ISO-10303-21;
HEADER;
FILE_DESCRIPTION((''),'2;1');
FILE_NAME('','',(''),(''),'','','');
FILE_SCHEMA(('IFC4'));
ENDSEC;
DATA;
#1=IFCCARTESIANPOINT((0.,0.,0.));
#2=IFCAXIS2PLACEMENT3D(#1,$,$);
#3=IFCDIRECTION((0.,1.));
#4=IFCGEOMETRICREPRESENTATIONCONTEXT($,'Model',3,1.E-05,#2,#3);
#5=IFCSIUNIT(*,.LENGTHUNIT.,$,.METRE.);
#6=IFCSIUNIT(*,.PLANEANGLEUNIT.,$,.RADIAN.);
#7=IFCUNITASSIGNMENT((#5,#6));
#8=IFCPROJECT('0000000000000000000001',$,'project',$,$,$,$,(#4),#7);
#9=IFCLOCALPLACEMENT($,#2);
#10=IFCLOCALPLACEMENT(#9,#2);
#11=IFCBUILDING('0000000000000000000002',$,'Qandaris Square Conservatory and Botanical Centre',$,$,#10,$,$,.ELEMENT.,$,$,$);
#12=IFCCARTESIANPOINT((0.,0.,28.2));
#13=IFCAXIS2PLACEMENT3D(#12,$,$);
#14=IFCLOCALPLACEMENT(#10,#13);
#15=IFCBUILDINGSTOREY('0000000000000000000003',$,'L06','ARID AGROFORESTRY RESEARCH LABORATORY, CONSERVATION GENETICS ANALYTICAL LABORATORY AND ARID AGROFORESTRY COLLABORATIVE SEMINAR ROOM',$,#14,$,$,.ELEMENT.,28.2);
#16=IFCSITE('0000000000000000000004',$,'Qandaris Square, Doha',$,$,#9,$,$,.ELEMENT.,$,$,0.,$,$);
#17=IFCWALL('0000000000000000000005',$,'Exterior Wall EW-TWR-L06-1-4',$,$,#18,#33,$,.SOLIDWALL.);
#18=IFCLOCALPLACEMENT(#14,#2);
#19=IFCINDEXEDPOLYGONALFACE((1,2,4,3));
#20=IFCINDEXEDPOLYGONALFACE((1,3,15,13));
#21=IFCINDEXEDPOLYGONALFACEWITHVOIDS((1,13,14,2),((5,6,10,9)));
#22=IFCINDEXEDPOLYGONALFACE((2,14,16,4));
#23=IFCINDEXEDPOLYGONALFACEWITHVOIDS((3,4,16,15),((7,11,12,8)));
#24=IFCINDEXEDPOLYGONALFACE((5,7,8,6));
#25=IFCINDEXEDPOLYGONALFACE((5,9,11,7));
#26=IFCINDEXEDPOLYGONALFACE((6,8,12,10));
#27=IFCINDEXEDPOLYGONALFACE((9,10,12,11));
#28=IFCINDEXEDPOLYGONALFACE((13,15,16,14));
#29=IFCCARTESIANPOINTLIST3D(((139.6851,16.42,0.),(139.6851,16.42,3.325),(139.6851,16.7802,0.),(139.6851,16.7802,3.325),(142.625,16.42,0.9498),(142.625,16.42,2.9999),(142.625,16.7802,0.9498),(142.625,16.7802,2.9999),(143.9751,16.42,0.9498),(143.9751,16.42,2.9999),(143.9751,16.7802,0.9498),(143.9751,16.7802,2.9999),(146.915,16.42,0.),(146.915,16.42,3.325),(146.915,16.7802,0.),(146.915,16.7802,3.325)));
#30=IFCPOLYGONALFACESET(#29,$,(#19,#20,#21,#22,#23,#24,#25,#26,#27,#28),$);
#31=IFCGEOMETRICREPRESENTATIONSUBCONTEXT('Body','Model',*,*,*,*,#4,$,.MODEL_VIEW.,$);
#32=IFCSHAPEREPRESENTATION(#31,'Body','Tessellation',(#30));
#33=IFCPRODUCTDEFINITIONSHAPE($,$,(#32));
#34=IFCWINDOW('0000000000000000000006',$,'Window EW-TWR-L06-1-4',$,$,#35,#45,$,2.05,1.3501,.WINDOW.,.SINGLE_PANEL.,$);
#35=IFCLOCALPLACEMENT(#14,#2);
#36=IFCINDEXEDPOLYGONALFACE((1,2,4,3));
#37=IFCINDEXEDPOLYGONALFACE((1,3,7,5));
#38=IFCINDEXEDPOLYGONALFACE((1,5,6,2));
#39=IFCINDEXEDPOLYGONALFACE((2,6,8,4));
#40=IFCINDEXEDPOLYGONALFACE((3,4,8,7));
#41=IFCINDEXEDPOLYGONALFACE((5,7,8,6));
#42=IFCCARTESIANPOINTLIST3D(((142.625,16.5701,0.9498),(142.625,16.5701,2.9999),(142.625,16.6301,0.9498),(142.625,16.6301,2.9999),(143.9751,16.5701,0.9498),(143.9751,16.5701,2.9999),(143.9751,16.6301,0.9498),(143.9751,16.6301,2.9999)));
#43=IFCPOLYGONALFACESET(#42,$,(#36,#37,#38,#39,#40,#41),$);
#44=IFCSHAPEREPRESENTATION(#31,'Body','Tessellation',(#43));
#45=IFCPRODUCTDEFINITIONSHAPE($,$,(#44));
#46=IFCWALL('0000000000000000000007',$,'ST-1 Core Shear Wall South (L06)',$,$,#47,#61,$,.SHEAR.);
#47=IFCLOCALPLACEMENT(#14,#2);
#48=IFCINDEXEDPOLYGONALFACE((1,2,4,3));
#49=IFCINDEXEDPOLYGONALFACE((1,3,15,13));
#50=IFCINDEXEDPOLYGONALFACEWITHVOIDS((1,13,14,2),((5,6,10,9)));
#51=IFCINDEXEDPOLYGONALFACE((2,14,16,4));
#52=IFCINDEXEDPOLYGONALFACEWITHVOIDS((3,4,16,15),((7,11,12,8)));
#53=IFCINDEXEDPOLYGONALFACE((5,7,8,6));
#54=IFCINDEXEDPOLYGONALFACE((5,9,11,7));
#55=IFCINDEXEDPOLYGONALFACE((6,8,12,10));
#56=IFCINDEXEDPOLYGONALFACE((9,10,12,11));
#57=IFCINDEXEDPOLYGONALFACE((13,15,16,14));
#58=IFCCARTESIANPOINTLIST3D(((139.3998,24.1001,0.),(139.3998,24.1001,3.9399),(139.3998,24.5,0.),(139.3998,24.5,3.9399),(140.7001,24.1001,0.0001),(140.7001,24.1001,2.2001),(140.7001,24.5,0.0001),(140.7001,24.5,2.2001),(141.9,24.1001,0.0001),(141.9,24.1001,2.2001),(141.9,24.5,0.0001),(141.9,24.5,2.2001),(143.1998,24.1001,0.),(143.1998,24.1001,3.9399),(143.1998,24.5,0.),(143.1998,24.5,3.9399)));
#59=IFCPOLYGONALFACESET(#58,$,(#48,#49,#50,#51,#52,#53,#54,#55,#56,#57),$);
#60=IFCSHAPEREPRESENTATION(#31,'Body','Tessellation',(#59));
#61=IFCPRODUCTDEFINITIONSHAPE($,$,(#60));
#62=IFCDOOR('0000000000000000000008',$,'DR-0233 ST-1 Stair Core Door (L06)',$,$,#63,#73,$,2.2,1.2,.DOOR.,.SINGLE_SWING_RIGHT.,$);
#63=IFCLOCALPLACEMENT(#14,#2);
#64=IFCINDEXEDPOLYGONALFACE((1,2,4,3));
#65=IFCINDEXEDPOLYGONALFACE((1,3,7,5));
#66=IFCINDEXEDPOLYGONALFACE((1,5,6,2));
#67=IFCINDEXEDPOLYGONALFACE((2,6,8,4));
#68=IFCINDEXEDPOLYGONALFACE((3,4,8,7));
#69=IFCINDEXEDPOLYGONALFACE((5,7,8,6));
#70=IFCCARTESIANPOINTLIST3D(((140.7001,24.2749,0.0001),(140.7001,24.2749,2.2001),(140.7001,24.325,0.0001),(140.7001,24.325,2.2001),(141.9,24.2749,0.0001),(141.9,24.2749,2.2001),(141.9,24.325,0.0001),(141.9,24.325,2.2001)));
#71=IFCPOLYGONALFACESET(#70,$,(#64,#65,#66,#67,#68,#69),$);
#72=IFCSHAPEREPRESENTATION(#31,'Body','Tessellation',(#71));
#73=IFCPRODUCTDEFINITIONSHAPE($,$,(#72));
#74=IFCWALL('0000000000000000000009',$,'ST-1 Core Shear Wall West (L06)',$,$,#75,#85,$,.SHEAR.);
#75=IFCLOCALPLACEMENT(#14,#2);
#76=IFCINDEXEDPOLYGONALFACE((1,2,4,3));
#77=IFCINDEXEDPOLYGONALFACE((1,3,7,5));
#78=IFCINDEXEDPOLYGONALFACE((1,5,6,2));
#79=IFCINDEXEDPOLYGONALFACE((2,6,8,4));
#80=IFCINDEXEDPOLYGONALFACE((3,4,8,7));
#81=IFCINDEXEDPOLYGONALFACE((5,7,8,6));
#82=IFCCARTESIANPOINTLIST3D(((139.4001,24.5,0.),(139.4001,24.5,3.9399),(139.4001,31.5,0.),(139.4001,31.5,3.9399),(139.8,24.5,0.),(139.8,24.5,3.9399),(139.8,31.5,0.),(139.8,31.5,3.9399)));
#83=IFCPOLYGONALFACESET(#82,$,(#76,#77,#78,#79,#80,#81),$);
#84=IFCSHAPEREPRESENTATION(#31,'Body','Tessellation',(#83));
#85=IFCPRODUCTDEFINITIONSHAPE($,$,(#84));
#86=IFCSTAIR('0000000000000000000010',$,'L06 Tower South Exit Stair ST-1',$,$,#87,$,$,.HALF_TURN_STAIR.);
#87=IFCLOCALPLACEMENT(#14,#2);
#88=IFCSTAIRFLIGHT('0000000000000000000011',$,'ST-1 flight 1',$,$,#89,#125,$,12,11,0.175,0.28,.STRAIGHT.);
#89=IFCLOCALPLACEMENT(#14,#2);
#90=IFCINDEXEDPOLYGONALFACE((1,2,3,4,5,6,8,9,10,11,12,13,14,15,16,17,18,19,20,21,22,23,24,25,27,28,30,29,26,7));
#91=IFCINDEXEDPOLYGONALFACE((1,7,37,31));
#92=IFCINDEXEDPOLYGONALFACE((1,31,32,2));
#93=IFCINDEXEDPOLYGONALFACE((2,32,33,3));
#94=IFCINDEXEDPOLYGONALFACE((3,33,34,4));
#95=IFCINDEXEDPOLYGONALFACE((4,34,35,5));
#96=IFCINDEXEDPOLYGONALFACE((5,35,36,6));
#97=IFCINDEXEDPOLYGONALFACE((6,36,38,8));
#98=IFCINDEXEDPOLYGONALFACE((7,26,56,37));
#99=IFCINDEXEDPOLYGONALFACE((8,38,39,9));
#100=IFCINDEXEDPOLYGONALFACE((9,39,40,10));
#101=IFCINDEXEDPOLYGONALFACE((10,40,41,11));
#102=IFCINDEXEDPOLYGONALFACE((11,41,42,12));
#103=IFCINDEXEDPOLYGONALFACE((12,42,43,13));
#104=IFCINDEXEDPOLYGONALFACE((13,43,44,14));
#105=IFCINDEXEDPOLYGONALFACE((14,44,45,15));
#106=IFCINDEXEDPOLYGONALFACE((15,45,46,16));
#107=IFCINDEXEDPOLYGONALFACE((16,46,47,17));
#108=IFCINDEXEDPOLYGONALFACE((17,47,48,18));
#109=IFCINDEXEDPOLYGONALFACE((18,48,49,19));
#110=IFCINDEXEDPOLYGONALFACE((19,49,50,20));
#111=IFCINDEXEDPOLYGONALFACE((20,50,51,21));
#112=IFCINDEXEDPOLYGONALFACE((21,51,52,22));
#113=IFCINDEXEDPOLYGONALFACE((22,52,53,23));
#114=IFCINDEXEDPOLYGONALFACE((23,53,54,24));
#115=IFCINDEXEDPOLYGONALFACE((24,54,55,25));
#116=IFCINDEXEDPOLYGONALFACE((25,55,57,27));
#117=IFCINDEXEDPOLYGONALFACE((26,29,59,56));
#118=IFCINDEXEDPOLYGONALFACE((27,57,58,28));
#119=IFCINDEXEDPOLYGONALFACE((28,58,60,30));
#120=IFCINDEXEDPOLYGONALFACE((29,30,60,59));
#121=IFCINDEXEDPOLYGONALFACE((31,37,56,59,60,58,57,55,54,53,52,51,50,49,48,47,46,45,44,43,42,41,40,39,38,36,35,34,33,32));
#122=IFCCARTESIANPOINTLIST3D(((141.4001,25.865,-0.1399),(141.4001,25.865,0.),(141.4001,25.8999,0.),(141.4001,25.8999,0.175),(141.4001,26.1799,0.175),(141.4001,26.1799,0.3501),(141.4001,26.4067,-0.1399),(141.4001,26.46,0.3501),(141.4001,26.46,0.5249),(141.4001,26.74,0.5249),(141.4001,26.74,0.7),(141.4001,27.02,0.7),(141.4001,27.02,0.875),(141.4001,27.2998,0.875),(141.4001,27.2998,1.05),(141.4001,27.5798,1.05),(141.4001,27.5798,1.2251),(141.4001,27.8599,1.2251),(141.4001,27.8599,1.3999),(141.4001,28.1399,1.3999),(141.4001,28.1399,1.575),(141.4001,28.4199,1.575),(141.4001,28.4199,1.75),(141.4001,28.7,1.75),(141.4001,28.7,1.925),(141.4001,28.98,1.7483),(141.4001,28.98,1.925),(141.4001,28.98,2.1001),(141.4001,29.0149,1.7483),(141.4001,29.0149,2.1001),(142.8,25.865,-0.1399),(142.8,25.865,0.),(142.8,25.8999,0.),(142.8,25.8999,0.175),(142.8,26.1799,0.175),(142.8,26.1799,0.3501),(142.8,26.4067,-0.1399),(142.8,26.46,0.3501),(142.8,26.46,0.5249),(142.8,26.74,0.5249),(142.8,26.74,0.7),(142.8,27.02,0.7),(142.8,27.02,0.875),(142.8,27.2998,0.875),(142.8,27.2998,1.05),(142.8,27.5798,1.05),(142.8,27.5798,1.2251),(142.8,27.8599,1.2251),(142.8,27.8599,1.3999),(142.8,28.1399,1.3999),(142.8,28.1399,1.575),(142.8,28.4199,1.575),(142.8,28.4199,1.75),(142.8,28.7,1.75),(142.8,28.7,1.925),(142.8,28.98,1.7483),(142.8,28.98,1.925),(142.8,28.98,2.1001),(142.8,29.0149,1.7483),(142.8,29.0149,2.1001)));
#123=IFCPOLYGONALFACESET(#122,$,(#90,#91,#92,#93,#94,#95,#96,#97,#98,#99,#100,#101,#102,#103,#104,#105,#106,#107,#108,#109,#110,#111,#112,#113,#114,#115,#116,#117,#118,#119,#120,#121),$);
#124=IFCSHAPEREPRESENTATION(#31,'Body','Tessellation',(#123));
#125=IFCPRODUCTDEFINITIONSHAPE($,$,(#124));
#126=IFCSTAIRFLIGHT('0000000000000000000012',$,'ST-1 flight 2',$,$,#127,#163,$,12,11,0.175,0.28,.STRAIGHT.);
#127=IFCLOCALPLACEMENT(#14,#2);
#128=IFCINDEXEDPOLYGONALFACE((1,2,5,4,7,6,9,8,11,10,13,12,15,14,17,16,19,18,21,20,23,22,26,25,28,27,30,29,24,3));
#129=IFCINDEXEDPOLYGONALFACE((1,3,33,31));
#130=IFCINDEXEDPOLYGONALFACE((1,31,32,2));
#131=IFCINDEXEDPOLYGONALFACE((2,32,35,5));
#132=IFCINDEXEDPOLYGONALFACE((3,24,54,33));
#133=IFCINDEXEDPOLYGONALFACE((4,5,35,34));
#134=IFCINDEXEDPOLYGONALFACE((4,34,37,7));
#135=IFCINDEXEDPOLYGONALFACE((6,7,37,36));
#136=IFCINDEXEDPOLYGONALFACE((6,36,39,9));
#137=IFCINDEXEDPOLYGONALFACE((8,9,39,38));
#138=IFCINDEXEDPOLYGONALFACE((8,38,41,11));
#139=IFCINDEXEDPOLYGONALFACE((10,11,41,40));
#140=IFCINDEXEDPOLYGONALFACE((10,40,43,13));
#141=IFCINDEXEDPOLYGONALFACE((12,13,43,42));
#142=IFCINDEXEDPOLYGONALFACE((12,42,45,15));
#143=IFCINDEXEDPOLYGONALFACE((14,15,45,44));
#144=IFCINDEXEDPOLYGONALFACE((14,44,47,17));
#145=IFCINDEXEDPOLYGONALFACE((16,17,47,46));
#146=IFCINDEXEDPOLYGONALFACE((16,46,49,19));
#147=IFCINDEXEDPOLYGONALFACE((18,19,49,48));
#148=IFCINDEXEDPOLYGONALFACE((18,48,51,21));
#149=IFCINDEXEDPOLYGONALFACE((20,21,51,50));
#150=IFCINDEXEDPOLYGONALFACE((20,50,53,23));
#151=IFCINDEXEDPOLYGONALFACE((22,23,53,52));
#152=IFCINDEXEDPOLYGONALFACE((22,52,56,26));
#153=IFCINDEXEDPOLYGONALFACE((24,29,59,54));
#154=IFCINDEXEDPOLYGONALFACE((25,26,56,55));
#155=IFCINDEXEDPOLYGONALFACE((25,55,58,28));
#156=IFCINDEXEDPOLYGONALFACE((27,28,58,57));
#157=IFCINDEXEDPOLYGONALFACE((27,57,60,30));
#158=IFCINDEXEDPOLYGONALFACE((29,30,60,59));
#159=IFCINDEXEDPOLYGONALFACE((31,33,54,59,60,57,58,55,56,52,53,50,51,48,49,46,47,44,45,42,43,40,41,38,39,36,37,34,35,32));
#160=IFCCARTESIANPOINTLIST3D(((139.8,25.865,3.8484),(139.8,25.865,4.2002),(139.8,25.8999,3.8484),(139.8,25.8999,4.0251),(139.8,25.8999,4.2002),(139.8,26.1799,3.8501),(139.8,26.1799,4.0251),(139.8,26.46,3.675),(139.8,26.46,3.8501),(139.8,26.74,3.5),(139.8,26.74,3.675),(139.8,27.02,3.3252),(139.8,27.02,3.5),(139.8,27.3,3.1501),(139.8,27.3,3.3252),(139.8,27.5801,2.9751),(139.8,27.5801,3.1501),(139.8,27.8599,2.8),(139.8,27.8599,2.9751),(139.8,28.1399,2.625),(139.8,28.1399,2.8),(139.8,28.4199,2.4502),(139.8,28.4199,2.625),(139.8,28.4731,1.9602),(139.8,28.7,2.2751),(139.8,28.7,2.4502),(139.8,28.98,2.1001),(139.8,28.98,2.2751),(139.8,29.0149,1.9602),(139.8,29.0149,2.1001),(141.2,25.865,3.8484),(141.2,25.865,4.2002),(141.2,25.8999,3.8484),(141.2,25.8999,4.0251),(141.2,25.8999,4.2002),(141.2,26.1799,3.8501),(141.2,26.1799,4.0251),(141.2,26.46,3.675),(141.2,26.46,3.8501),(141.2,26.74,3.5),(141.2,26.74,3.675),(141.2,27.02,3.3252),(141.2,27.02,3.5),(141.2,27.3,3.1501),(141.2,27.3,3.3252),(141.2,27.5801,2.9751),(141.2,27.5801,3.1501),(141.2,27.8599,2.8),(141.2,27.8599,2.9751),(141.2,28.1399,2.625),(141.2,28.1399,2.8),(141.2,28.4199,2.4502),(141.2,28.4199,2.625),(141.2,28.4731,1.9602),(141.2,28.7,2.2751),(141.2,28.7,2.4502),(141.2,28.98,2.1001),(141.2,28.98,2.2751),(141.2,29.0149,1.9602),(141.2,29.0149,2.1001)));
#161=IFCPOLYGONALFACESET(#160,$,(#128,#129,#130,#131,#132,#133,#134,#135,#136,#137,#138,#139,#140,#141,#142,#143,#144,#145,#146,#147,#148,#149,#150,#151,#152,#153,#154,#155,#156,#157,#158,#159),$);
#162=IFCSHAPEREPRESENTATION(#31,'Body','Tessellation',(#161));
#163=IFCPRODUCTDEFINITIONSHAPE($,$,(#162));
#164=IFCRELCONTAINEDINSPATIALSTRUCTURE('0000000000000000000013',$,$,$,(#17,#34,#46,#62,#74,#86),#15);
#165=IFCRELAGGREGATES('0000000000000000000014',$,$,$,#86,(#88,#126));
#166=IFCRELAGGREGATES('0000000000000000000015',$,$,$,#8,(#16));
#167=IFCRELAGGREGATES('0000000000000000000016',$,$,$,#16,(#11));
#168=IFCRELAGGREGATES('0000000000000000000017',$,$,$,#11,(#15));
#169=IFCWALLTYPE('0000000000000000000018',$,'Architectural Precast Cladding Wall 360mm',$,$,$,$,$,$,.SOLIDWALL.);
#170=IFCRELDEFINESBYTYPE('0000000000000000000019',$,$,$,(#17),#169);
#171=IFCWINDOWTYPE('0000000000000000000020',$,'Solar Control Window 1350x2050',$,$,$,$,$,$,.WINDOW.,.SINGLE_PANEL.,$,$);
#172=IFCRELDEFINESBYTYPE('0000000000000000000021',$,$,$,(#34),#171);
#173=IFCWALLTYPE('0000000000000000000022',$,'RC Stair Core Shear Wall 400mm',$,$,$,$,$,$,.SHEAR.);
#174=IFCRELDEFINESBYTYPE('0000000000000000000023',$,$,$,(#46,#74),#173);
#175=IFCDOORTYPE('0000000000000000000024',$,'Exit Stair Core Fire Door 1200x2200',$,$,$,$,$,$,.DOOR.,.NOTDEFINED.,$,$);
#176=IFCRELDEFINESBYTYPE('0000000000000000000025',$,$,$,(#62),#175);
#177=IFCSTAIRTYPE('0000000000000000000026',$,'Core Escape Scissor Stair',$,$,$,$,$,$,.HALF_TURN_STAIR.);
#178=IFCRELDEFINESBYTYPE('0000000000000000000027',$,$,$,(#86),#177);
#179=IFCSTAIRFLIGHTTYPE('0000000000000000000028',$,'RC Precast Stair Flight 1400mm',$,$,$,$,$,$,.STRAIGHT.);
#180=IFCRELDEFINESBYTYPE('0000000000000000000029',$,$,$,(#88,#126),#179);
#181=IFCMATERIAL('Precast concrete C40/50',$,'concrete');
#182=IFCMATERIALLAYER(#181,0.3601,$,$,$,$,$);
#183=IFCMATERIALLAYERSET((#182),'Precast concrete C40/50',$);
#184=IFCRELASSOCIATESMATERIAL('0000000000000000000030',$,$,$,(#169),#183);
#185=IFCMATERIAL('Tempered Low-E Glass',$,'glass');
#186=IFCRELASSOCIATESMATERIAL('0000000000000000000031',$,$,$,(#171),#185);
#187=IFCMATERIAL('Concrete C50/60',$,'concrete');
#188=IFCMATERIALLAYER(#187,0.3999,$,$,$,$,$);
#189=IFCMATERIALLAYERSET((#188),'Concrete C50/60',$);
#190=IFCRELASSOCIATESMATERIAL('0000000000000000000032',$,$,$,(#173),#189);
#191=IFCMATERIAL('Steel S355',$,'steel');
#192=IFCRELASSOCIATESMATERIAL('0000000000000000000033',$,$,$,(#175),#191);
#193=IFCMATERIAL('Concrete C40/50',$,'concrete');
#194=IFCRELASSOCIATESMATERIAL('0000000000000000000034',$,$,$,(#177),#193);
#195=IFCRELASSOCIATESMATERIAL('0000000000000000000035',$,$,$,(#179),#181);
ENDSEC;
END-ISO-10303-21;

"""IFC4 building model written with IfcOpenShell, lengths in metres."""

from ifc_helpers import new_model, si_unit, direction, frame, frame_2d, origin, place, context, subcontext, project, spatial, polyline, rectangle, outline, extrude, material, layer, layer_set, type_object, element, fill, aggregate, save


model = new_model("IFC4")

# Units and contexts
model_context = context("Model", 3, precision=1e-05, world=origin(), true_north=direction((0.0, 1.0)))
body_context = subcontext(model_context, "Body", "Model", "MODEL_VIEW")
ifc_project = project(units=[si_unit("LENGTHUNIT", "METRE"), si_unit("PLANEANGLEUNIT", "RADIAN")], contexts=[model_context])

# Site, building, storey
site_placement = place(None, origin())
site = spatial("IfcSite", under=ifc_project, at=site_placement, Name="Qandaris Square, Doha", CompositionType="ELEMENT", RefElevation=0.0)
building_placement = place(site_placement, origin())
building = spatial("IfcBuilding", under=site, at=building_placement, Name="Qandaris Square Conservatory and Botanical Centre", CompositionType="ELEMENT")
storey_placement = place(building_placement, frame((0.0, 0.0, 28.2)))
storey = spatial("IfcBuildingStorey", under=building, at=storey_placement, Name="L06", Description="ARID AGROFORESTRY RESEARCH LABORATORY, CONSERVATION GENETICS ANALYTICAL LABORATORY AND ARID AGROFORESTRY COLLABORATIVE SEMINAR ROOM", CompositionType="ELEMENT", Elevation=28.2)

# Shared definitions
ifc_material_1 = material(Name="Concrete C50/60", Category="concrete")

# Shared definitions
ifc_material_2 = material(Name="Steel S355", Category="steel")

# Wall, opening, window
ifc_material_3 = material(Name="Precast concrete C40/50", Category="concrete")
ifc_layer_1 = layer(ifc_material_3, 0.3601)
ifc_layer_set_1 = layer_set([ifc_layer_1], Name="Precast concrete C40/50")
wall_type_1 = type_object("IfcWallType", Name="Architectural Precast Cladding Wall 360mm", PredefinedType="SOLIDWALL", material=ifc_layer_set_1)
wall_1_placement = place(storey_placement, frame((139.6851, 16.6001, 0.0), z_axis=(0.0, 0.0, 1.0), x_axis=(1.0, 0.0, 0.0)))
wall_1 = element("IfcWall", 1, at=wall_1_placement, inside=storey, type_object=wall_type_1, Name="Exterior Wall EW-TWR-L06-1-4", PredefinedType="SOLIDWALL", context=body_context, shape_type="SweptSolid", body=[
    extrude(rectangle(XDim=7.23, YDim=0.3601, at=frame_2d((3.615, 0.0))), origin(), (0.0, 0.0, 1.0), 3.325),
])
opening_1_placement = place(wall_1_placement, frame((2.9399, 0.0, 0.95)))
opening_1 = element("IfcOpeningElement", 2, at=opening_1_placement, cuts=wall_1, PredefinedType="OPENING", context=body_context, shape_type="SweptSolid", body=[
    extrude(rectangle(XDim=1.3501, YDim=2.05, at=frame_2d((0.675, 1.0249))), frame((0.0, 0.1919, 0.0), z_axis=(0.0, -1.0, 0.0), x_axis=(1.0, 0.0, 0.0)), (0.0, 0.0, 1.0), 0.384),
])
ifc_material_4 = material(Name="Tempered Low-E Glass", Category="glass")
window_type = type_object("IfcWindowType", Name="Solar Control Window 1350x2050", PartitioningType="SINGLE_PANEL", PredefinedType="WINDOW", material=ifc_material_4)
window_placement = place(opening_1_placement, origin())
window = element("IfcWindow", 3, at=window_placement, inside=storey, type_object=window_type, Name="Window EW-TWR-L06-1-4", OverallHeight=2.05, OverallWidth=1.3501, PartitioningType="SINGLE_PANEL", PredefinedType="WINDOW", context=body_context, shape_type="SweptSolid", body=[
    extrude(rectangle(XDim=1.3501, YDim=2.05, at=frame_2d((0.675, 1.0249))), frame((0.0, 0.03, 0.0), z_axis=(0.0, -1.0, 0.0), x_axis=(1.0, 0.0, 0.0)), (0.0, 0.0, 1.0), 0.0601),
])
fill(opening_1, window)

# Wall, opening, door
ifc_layer_2 = layer(ifc_material_1, 0.3999)
ifc_layer_set_2 = layer_set([ifc_layer_2], Name="Concrete C50/60")
wall_type_2 = type_object("IfcWallType", Name="RC Stair Core Shear Wall 400mm", PredefinedType="SHEAR", material=ifc_layer_set_2)
wall_2_placement = place(storey_placement, frame((139.3999, 24.3, 0.0), z_axis=(0.0, 0.0, 1.0), x_axis=(1.0, 0.0, 0.0)))
wall_2 = element("IfcWall", 4, at=wall_2_placement, inside=storey, type_object=wall_type_2, Name="ST-1 Core Shear Wall South (L06)", PredefinedType="SHEAR", context=body_context, shape_type="SweptSolid", body=[
    extrude(rectangle(XDim=3.8, YDim=0.3999, at=frame_2d((1.8999, 0.0))), origin(), (0.0, 0.0, 1.0), 3.9399),
])
opening_2_placement = place(wall_2_placement, frame((1.3, 0.0, 0.0)))
opening_2 = element("IfcOpeningElement", 5, at=opening_2_placement, cuts=wall_2, PredefinedType="OPENING", context=body_context, shape_type="SweptSolid", body=[
    extrude(rectangle(XDim=1.2, YDim=2.2, at=frame_2d((0.6001, 1.1001))), frame((0.0, 0.2119, 0.0), z_axis=(0.0, -1.0, 0.0), x_axis=(1.0, 0.0, 0.0)), (0.0, 0.0, 1.0), 0.4238),
])
door_type = type_object("IfcDoorType", Name="Exit Stair Core Fire Door 1200x2200", OperationType="NOTDEFINED", PredefinedType="DOOR", material=ifc_material_2)
door_placement = place(opening_2_placement, origin())
door = element("IfcDoor", 6, at=door_placement, inside=storey, type_object=door_type, Name="DR-0233 ST-1 Stair Core Door (L06)", OperationType="SINGLE_SWING_RIGHT", OverallHeight=2.2, OverallWidth=1.2, PredefinedType="DOOR", context=body_context, shape_type="SweptSolid", body=[
    extrude(rectangle(XDim=1.2, YDim=2.2, at=frame_2d((0.6001, 1.1001))), frame((0.0, 0.0249, 0.0), z_axis=(0.0, -1.0, 0.0), x_axis=(1.0, 0.0, 0.0)), (0.0, 0.0, 1.0), 0.05),
])
fill(opening_2, door)

# Wall
wall_3_placement = place(storey_placement, frame((139.6001, 24.5, 0.0), z_axis=(0.0, 0.0, 1.0), x_axis=(0.0, 1.0, 0.0)))
element("IfcWall", 7, at=wall_3_placement, inside=storey, type_object=wall_type_2, Name="ST-1 Core Shear Wall West (L06)", PredefinedType="SHEAR", context=body_context, shape_type="SweptSolid", body=[
    extrude(rectangle(XDim=7.0, YDim=0.3999, at=frame_2d((3.5, 0.0))), origin(), (0.0, 0.0, 1.0), 3.9399),
])

# Stair, stair flights
ifc_material_5 = material(Name="Concrete C40/50", Category="concrete")
stair_type = type_object("IfcStairType", Name="Core Escape Scissor Stair", PredefinedType="HALF_TURN_STAIR", material=ifc_material_5)
stair_placement = place(storey_placement, origin())
stair = element("IfcStair", 8, at=stair_placement, inside=storey, type_object=stair_type, Name="L06 Tower South Exit Stair ST-1", PredefinedType="HALF_TURN_STAIR")
stair_flight_type = type_object("IfcStairFlightType", Name="RC Precast Stair Flight 1400mm", PredefinedType="STRAIGHT", material=ifc_material_3)
stair_flight_1_placement = place(storey_placement, frame((142.1001, 25.8999, 0.0), z_axis=(0.0, 0.0, 1.0), x_axis=(0.0, 1.0, 0.0)))
stair_flight_1 = element("IfcStairFlight", 9, at=stair_flight_1_placement, type_object=stair_flight_type, Name="ST-1 flight 1", NumberOfRisers=12, NumberOfTreads=11, PredefinedType="STRAIGHT", RiserHeight=0.175, TreadLength=0.28, context=body_context, shape_type="SweptSolid", body=[
    extrude(outline(polyline([(-0.0349, 0.0), (0.0, 0.0), (0.0, 0.175), (0.28, 0.175), (0.28, 0.3501), (0.5601, 0.3501), (0.5601, 0.5249), (0.8401, 0.5249), (0.8401, 0.7), (1.1201, 0.7), (1.1201, 0.875), (1.3999, 0.875), (1.3999, 1.05), (1.6799, 1.05), (1.6799, 1.2251), (1.96, 1.2251), (1.96, 1.3999), (2.24, 1.3999), (2.24, 1.575), (2.52, 1.575), (2.52, 1.75), (2.8, 1.75), (2.8, 1.925), (3.0801, 1.925), (3.0801, 2.1001), (3.115, 2.1001), (3.115, 1.7483), (3.0801, 1.7483), (0.5068, -0.1399), (-0.0349, -0.1399), (-0.0349, 0.0)])), frame((0.0, 0.7, 0.0), z_axis=(0.0, -1.0, 0.0), x_axis=(1.0, 0.0, 0.0)), (0.0, 0.0, 1.0), 1.3999),
])
stair_flight_2_placement = place(storey_placement, frame((140.5, 28.98, 2.1001), z_axis=(0.0, 0.0, 1.0), x_axis=(0.0, -1.0, 0.0)))
stair_flight_2 = element("IfcStairFlight", 10, at=stair_flight_2_placement, type_object=stair_flight_type, Name="ST-1 flight 2", NumberOfRisers=12, NumberOfTreads=11, PredefinedType="STRAIGHT", RiserHeight=0.175, TreadLength=0.28, context=body_context, shape_type="SweptSolid", body=[
    extrude(outline(polyline([(-0.0349, 0.0), (0.0, 0.0), (0.0, 0.175), (0.28, 0.175), (0.28, 0.3501), (0.5601, 0.3501), (0.5601, 0.5249), (0.8401, 0.5249), (0.8401, 0.7), (1.1201, 0.7), (1.1201, 0.875), (1.3999, 0.875), (1.3999, 1.05), (1.6799, 1.05), (1.6799, 1.2251), (1.96, 1.2251), (1.96, 1.3999), (2.24, 1.3999), (2.24, 1.575), (2.52, 1.575), (2.52, 1.75), (2.8, 1.75), (2.8, 1.925), (3.0801, 1.925), (3.0801, 2.1001), (3.115, 2.1001), (3.115, 1.7483), (3.0801, 1.7483), (0.5068, -0.1399), (-0.0349, -0.1399), (-0.0349, 0.0)])), frame((0.0, 0.7, 0.0), z_axis=(0.0, -1.0, 0.0), x_axis=(1.0, 0.0, 0.0)), (0.0, 0.0, 1.0), 1.3999),
])
aggregate(stair, [stair_flight_1, stair_flight_2])

save(model, "model.ifc")
